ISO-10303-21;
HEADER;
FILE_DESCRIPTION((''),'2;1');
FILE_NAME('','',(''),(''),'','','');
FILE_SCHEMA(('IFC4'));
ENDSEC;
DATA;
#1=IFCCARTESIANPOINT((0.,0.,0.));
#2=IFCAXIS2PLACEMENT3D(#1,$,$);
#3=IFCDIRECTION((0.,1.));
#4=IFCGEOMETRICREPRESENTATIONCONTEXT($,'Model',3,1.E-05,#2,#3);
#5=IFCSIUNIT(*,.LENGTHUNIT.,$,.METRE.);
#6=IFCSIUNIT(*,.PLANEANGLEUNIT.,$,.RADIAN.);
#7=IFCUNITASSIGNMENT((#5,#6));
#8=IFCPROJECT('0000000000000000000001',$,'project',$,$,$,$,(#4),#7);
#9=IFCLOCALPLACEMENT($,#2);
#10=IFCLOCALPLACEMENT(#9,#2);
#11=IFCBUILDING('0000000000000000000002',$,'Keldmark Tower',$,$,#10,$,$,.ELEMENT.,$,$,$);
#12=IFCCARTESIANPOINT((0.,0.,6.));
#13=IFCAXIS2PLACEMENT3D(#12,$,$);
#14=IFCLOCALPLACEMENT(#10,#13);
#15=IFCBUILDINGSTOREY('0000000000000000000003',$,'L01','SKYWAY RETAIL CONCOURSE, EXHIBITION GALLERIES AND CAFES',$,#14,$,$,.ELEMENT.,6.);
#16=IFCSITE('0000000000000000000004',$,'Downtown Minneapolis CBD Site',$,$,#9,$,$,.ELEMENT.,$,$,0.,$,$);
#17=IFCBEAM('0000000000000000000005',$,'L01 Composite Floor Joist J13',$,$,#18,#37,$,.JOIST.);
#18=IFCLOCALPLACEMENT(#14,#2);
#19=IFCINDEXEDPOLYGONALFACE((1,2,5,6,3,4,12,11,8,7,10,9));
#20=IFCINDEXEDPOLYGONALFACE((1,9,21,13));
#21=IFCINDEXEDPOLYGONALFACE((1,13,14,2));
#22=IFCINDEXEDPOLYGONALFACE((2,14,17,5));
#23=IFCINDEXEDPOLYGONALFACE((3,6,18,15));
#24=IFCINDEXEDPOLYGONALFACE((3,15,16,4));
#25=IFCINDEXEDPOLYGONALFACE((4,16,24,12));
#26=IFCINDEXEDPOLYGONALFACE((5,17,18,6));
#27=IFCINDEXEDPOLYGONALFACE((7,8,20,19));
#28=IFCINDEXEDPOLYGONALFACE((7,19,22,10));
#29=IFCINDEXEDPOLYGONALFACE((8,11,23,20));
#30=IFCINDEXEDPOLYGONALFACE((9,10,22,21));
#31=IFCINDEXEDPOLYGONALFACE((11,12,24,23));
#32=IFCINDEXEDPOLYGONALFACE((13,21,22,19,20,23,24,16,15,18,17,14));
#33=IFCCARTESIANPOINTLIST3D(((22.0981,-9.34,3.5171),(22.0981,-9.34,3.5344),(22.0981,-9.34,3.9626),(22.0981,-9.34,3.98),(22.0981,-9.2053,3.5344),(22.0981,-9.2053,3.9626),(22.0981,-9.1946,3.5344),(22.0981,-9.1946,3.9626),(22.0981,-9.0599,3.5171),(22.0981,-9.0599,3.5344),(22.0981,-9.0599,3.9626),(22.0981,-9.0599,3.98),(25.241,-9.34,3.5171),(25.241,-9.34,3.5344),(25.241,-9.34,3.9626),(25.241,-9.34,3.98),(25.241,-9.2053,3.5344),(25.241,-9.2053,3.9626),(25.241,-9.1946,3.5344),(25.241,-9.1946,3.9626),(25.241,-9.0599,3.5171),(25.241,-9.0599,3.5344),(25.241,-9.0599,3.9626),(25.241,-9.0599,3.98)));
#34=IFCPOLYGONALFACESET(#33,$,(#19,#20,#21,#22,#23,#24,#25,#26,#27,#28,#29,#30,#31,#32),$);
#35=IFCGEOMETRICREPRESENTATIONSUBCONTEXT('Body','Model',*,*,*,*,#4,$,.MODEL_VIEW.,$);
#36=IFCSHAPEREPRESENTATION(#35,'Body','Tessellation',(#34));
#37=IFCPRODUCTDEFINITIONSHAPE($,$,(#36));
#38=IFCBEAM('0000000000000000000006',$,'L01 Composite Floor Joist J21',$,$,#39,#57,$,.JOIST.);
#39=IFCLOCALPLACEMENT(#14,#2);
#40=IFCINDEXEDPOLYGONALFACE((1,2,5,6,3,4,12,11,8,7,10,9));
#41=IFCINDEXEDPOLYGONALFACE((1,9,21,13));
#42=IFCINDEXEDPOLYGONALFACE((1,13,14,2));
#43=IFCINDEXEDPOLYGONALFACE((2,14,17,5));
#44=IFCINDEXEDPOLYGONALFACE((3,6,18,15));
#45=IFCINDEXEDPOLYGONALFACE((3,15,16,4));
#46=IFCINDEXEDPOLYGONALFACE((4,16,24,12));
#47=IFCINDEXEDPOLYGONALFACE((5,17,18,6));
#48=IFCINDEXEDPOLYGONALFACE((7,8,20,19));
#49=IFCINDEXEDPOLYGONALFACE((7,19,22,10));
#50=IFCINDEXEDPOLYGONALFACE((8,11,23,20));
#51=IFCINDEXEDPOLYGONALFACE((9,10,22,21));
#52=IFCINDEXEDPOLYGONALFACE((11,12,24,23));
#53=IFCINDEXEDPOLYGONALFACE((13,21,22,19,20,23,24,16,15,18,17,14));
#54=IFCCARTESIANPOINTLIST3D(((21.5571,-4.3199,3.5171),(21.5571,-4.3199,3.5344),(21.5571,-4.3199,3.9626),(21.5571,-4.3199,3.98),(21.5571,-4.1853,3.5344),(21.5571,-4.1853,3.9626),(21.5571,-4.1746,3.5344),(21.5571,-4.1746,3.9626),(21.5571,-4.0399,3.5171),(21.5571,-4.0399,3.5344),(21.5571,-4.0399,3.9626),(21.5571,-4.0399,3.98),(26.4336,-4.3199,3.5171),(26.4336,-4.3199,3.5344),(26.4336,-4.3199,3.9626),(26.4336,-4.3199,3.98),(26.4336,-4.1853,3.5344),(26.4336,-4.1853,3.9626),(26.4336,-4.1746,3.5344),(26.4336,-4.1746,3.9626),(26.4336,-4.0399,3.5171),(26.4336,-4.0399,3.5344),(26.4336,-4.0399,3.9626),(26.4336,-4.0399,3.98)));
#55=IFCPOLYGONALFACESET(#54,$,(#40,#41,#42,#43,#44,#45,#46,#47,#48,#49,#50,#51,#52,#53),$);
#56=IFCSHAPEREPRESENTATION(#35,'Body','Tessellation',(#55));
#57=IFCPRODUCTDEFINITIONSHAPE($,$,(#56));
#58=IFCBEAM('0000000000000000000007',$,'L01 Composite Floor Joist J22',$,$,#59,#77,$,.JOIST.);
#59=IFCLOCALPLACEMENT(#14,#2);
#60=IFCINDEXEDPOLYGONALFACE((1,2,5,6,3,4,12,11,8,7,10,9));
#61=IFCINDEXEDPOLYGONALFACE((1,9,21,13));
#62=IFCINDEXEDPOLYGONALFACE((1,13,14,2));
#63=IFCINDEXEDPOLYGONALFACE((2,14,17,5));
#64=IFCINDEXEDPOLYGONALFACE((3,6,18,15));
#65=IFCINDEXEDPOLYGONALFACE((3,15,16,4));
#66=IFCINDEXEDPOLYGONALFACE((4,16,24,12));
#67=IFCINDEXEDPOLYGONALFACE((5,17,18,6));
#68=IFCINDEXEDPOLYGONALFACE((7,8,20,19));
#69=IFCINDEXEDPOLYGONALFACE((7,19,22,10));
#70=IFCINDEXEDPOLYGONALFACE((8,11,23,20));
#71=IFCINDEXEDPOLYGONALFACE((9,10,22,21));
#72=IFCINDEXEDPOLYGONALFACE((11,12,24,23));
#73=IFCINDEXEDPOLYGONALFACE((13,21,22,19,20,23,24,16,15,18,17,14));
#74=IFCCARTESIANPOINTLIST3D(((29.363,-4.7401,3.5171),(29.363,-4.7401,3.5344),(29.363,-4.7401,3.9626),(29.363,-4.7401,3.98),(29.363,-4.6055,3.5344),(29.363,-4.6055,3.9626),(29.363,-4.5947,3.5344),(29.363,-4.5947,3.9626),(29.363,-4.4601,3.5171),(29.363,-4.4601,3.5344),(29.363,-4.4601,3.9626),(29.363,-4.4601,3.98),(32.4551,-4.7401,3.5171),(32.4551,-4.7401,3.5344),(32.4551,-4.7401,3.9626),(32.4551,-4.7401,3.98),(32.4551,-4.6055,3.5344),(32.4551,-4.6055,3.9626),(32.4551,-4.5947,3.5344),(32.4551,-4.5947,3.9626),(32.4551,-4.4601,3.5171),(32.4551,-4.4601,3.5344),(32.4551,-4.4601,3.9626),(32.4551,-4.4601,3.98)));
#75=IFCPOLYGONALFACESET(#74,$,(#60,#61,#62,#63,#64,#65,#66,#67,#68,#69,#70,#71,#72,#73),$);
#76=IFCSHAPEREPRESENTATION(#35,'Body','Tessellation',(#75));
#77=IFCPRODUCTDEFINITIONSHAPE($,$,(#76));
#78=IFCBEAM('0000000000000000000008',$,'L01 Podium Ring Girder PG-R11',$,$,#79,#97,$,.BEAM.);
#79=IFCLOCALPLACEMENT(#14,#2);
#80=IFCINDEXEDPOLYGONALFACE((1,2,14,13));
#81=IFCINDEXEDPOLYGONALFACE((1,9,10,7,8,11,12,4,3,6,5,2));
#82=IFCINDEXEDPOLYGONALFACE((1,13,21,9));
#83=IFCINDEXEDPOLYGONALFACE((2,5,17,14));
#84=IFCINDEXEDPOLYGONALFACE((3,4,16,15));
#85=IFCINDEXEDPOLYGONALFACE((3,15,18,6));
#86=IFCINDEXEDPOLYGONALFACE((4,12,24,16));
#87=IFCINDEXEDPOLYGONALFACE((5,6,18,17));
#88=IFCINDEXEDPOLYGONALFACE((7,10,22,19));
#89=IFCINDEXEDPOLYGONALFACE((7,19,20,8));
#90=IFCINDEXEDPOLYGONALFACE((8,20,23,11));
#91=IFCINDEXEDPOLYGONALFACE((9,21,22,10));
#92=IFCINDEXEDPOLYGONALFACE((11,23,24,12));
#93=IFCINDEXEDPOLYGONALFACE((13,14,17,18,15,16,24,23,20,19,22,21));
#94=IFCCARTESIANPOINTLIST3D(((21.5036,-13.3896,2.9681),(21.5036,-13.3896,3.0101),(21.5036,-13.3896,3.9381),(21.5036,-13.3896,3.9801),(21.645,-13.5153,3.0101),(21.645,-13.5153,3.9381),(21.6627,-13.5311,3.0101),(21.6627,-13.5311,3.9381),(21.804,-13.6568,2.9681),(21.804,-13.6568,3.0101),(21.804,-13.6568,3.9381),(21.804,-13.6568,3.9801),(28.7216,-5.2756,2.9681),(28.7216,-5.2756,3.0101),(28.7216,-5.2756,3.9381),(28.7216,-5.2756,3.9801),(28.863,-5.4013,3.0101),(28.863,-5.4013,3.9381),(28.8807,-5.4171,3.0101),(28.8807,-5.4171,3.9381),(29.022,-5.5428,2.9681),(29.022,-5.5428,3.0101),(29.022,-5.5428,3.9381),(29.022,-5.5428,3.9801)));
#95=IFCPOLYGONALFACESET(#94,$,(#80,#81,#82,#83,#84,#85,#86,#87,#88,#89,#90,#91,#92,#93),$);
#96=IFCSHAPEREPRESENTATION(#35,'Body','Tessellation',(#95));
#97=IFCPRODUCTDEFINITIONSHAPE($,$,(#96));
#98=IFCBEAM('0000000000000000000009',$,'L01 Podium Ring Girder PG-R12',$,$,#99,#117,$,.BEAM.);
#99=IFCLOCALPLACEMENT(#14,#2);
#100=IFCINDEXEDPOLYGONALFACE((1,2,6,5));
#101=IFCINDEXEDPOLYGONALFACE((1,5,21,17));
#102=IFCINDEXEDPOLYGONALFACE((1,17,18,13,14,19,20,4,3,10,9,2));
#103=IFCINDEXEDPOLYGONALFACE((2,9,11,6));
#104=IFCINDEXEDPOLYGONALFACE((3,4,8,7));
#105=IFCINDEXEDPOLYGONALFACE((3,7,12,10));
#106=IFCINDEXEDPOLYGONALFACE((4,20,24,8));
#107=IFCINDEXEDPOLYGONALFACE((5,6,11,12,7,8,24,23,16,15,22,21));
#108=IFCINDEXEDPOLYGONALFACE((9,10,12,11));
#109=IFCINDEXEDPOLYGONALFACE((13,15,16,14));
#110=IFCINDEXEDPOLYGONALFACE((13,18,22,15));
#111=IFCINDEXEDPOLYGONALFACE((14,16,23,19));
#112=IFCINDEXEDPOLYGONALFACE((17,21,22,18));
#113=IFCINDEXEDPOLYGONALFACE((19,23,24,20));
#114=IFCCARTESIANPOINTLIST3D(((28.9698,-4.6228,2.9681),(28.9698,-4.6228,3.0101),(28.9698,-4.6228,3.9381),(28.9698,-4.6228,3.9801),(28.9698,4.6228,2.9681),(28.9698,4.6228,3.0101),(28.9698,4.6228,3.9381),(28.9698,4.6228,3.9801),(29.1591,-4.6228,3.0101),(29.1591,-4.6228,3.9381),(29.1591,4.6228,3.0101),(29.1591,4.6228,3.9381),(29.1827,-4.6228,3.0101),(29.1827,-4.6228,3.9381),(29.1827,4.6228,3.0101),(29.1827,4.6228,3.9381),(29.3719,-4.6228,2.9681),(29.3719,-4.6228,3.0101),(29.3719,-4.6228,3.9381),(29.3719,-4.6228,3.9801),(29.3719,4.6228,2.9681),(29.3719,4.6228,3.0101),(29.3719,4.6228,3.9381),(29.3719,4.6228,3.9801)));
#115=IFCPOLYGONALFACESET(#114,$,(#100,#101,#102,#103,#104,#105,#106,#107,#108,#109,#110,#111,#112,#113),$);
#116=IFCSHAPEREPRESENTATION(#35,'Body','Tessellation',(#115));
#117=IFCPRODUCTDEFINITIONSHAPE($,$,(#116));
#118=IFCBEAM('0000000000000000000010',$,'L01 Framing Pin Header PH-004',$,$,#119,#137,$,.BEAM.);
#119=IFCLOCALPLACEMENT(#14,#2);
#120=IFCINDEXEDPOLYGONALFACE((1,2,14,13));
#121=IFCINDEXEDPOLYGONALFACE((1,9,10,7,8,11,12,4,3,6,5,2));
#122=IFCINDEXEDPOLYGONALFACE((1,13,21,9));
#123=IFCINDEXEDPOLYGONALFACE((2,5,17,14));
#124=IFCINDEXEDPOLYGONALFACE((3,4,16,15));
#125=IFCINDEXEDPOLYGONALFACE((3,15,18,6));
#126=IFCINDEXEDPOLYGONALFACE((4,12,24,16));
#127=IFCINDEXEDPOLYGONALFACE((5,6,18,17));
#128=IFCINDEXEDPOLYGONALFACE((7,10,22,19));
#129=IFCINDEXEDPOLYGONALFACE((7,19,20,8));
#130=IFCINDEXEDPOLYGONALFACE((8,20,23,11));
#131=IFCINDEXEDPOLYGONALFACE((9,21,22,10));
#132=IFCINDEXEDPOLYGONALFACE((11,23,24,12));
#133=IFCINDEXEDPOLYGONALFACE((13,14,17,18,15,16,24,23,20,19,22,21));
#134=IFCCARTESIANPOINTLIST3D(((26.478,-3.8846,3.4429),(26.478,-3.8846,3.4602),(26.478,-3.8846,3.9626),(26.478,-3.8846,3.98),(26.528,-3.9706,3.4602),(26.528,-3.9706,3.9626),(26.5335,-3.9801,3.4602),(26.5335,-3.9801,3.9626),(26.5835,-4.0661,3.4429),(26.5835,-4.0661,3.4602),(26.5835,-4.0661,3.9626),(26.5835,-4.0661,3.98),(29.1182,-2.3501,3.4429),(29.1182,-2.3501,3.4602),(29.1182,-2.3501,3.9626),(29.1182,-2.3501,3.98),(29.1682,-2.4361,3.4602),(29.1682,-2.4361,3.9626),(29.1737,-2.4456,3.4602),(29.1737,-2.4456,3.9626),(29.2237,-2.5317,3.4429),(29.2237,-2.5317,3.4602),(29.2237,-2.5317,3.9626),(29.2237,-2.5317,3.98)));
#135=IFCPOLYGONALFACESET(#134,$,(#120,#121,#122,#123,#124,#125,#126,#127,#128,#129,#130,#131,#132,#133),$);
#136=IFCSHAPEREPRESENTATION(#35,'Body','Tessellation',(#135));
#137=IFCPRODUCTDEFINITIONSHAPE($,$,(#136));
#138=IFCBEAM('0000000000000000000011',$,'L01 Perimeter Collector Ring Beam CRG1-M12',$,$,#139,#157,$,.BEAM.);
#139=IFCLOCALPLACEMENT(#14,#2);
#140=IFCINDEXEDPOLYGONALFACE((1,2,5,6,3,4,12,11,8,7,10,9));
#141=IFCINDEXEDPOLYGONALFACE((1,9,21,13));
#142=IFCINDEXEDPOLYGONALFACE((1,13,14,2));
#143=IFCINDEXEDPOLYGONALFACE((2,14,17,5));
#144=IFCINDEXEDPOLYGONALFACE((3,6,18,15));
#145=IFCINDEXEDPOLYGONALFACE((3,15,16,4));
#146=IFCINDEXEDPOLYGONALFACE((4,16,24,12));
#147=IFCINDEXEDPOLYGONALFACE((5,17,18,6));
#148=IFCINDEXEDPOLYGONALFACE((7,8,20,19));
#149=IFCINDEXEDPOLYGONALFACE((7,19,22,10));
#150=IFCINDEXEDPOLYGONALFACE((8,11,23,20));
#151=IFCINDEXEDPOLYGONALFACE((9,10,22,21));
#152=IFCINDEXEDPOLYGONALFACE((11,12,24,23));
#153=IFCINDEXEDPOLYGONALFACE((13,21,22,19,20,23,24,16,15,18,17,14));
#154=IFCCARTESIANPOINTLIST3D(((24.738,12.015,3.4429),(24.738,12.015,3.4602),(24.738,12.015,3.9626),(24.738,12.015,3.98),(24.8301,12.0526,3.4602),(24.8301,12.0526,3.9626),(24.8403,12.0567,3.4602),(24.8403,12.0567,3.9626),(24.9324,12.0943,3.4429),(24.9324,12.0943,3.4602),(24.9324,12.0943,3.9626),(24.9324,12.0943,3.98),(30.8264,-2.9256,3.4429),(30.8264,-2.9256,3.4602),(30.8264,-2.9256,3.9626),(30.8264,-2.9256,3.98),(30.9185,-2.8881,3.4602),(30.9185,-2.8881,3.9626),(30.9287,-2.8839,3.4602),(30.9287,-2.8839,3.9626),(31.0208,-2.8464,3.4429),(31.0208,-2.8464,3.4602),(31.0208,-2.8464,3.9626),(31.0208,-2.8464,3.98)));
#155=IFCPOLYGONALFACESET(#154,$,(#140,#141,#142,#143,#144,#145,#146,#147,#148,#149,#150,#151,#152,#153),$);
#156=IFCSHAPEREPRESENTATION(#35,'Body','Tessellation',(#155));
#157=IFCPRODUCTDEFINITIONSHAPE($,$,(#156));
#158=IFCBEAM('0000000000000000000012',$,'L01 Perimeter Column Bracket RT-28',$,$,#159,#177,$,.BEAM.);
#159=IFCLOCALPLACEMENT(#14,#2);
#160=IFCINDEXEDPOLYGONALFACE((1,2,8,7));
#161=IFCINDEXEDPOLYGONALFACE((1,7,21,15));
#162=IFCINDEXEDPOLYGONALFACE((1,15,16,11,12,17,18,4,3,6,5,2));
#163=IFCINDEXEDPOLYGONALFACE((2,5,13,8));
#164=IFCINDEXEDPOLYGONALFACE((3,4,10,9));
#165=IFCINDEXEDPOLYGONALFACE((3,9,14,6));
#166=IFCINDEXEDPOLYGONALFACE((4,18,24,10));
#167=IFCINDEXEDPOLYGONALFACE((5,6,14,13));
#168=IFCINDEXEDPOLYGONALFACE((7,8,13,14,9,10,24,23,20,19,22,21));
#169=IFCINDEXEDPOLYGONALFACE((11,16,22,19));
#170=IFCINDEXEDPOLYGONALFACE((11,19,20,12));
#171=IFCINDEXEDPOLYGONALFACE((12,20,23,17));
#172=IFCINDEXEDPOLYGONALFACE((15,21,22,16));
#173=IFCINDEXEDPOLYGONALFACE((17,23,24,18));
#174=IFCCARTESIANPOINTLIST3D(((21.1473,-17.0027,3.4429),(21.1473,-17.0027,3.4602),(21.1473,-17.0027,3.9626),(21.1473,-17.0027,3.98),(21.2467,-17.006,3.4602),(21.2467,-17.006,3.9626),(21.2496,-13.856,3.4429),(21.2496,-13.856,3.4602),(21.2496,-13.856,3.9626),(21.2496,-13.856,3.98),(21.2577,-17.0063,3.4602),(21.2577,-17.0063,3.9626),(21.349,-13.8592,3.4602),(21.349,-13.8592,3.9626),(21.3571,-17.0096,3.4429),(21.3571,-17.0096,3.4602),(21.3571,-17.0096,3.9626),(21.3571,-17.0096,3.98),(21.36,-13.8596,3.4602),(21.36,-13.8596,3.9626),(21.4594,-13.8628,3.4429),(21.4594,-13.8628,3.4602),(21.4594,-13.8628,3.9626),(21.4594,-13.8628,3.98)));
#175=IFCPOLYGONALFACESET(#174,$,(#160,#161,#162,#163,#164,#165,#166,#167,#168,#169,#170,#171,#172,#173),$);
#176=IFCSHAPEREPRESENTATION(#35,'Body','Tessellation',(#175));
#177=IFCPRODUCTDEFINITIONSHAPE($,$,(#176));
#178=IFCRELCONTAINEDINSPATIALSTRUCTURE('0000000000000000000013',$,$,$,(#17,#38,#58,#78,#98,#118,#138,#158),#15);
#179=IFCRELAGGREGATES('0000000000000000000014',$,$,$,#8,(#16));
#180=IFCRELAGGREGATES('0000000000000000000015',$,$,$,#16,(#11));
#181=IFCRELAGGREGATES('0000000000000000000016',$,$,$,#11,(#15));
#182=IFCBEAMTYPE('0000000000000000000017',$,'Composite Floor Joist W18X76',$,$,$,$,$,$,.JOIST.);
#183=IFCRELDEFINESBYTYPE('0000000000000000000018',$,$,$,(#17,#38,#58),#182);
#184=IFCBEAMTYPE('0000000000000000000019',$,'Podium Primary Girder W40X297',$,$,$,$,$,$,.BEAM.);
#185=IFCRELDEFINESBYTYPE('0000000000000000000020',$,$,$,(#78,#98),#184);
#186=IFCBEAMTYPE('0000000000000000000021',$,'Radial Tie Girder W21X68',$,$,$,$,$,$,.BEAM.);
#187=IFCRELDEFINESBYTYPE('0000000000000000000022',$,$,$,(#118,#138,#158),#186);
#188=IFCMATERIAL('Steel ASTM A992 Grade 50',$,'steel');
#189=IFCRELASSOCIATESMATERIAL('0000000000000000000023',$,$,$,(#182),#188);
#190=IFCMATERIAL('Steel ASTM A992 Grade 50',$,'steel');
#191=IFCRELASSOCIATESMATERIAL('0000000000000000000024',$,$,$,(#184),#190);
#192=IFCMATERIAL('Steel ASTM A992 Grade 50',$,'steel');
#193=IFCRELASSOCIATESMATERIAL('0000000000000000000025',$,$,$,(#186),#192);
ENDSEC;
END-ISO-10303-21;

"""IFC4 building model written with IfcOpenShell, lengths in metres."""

from ifc_helpers import new_model, si_unit, direction, frame, origin, origin_2d, place, context, subcontext, project, spatial, i_section, extrude, material, material_profile, profile_set, type_object, element, save


model = new_model("IFC4")

# Units and contexts
model_context = context("Model", 3, precision=1e-05, world=origin(), true_north=direction((0.0, 1.0)))
body_context = subcontext(model_context, "Body", "Model", "MODEL_VIEW")
ifc_project = project(units=[si_unit("LENGTHUNIT", "METRE"), si_unit("PLANEANGLEUNIT", "RADIAN")], contexts=[model_context])

# Site, building, storey
site_placement = place(None, origin())
site = spatial("IfcSite", under=ifc_project, at=site_placement, Name="Downtown Minneapolis CBD Site", CompositionType="ELEMENT", RefElevation=0.0)
building_placement = place(site_placement, origin())
building = spatial("IfcBuilding", under=site, at=building_placement, Name="Keldmark Tower", CompositionType="ELEMENT")
storey_placement = place(building_placement, frame((0.0, 0.0, 6.0)))
storey = spatial("IfcBuildingStorey", under=building, at=storey_placement, Name="L01", Description="SKYWAY RETAIL CONCOURSE, EXHIBITION GALLERIES AND CAFES", CompositionType="ELEMENT", Elevation=6.0)

# Beams
ifc_material_1 = material(Name="Steel ASTM A992 Grade 50", Category="steel")
ifc_material_profile_1 = material_profile(ifc_material_1, i_section(OverallWidth=0.28, OverallDepth=0.4629, WebThickness=0.0107, FlangeThickness=0.0173, at=origin_2d()), Name="W18X76")
ifc_profile_set_1 = profile_set([ifc_material_profile_1], Name="Steel ASTM A992 Grade 50")
beam_type_1 = type_object("IfcBeamType", Name="Composite Floor Joist W18X76", PredefinedType="JOIST", material=ifc_profile_set_1)
beam_1_placement = place(storey_placement, frame((22.0981, -9.2, 3.7485), z_axis=(1.0, 0.0, 0.0), x_axis=(0.0, 1.0, 0.0)))
element("IfcBeam", 1, at=beam_1_placement, inside=storey, type_object=beam_type_1, Name="L01 Composite Floor Joist J13", PredefinedType="JOIST", context=body_context, shape_type="SweptSolid", body=[
    extrude(i_section(OverallWidth=0.28, OverallDepth=0.4629, WebThickness=0.0107, FlangeThickness=0.0173, at=origin_2d()), origin(), (0.0, 0.0, 1.0), 3.1428),
])
beam_2_placement = place(storey_placement, frame((21.5571, -4.1799, 3.7485), z_axis=(1.0, 0.0, 0.0), x_axis=(0.0, 1.0, 0.0)))
element("IfcBeam", 2, at=beam_2_placement, inside=storey, type_object=beam_type_1, Name="L01 Composite Floor Joist J21", PredefinedType="JOIST", context=body_context, shape_type="SweptSolid", body=[
    extrude(i_section(OverallWidth=0.28, OverallDepth=0.4629, WebThickness=0.0107, FlangeThickness=0.0173, at=origin_2d()), origin(), (0.0, 0.0, 1.0), 4.8765),
])
beam_3_placement = place(storey_placement, frame((29.363, -4.6001, 3.7485), z_axis=(1.0, 0.0, 0.0), x_axis=(0.0, 1.0, 0.0)))
element("IfcBeam", 3, at=beam_3_placement, inside=storey, type_object=beam_type_1, Name="L01 Composite Floor Joist J22", PredefinedType="JOIST", context=body_context, shape_type="SweptSolid", body=[
    extrude(i_section(OverallWidth=0.28, OverallDepth=0.4629, WebThickness=0.0107, FlangeThickness=0.0173, at=origin_2d()), origin(), (0.0, 0.0, 1.0), 3.092),
])
ifc_material_2 = material(Name="Steel ASTM A992 Grade 50", Category="steel")
ifc_material_profile_2 = material_profile(ifc_material_2, i_section(OverallWidth=0.4021, OverallDepth=1.012, WebThickness=0.0237, FlangeThickness=0.042, at=origin_2d()), Name="W40X297")
ifc_profile_set_2 = profile_set([ifc_material_profile_2], Name="Steel ASTM A992 Grade 50")
beam_type_2 = type_object("IfcBeamType", Name="Podium Primary Girder W40X297", PredefinedType="BEAM", material=ifc_profile_set_2)
beam_4_placement = place(storey_placement, frame((21.6538, -13.5232, 3.4741), z_axis=(0.66465, 0.747155, 0.0), x_axis=(-0.747155, 0.66465, 0.0)))
element("IfcBeam", 4, at=beam_4_placement, inside=storey, type_object=beam_type_2, Name="L01 Podium Ring Girder PG-R11", PredefinedType="BEAM", context=body_context, shape_type="SweptSolid", body=[
    extrude(i_section(OverallWidth=0.4021, OverallDepth=1.012, WebThickness=0.0237, FlangeThickness=0.042, at=origin_2d()), origin(), (0.0, 0.0, 1.0), 10.8599),
])
beam_5_placement = place(storey_placement, frame((29.1709, -4.6228, 3.4741), z_axis=(0.0, 1.0, 0.0), x_axis=(-1.0, 0.0, 0.0)))
element("IfcBeam", 5, at=beam_5_placement, inside=storey, type_object=beam_type_2, Name="L01 Podium Ring Girder PG-R12", PredefinedType="BEAM", context=body_context, shape_type="SweptSolid", body=[
    extrude(i_section(OverallWidth=0.4021, OverallDepth=1.012, WebThickness=0.0237, FlangeThickness=0.042, at=origin_2d()), origin(), (0.0, 0.0, 1.0), 9.2456),
])
ifc_material_3 = material(Name="Steel ASTM A992 Grade 50", Category="steel")
ifc_material_profile_3 = material_profile(ifc_material_3, i_section(OverallWidth=0.21, OverallDepth=0.5371, WebThickness=0.011, FlangeThickness=0.0173, at=origin_2d()), Name="W21X68")
ifc_profile_set_3 = profile_set([ifc_material_profile_3], Name="Steel ASTM A992 Grade 50")
beam_type_3 = type_object("IfcBeamType", Name="Radial Tie Girder W21X68", PredefinedType="BEAM", material=ifc_profile_set_3)
beam_6_placement = place(storey_placement, frame((26.5308, -3.9753, 3.7114), z_axis=(0.864584, 0.502488, 0.0), x_axis=(-0.502488, 0.864584, 0.0)))
element("IfcBeam", 6, at=beam_6_placement, inside=storey, type_object=beam_type_3, Name="L01 Framing Pin Header PH-004", PredefinedType="BEAM", context=body_context, shape_type="SweptSolid", body=[
    extrude(i_section(OverallWidth=0.21, OverallDepth=0.5371, WebThickness=0.011, FlangeThickness=0.0173, at=origin_2d()), origin(), (0.0, 0.0, 1.0), 3.0537),
])
beam_7_placement = place(storey_placement, frame((30.9236, -2.886, 3.7114), z_axis=(-0.377373, 0.926061, 0.0), x_axis=(-0.926061, -0.377373, 0.0)))
element("IfcBeam", 7, at=beam_7_placement, inside=storey, type_object=beam_type_3, Name="L01 Perimeter Collector Ring Beam CRG1-M12", PredefinedType="BEAM", context=body_context, shape_type="SweptSolid", body=[
    extrude(i_section(OverallWidth=0.21, OverallDepth=0.5371, WebThickness=0.011, FlangeThickness=0.0173, at=origin_2d()), origin(), (0.0, 0.0, 1.0), 16.1335),
])
beam_8_placement = place(storey_placement, frame((21.3545, -13.8594, 3.7114), z_axis=(-0.032491, -0.999472, 0.0), x_axis=(0.999472, -0.032491, 0.0)))
element("IfcBeam", 8, at=beam_8_placement, inside=storey, type_object=beam_type_3, Name="L01 Perimeter Column Bracket RT-28", PredefinedType="BEAM", context=body_context, shape_type="SweptSolid", body=[
    extrude(i_section(OverallWidth=0.21, OverallDepth=0.5371, WebThickness=0.011, FlangeThickness=0.0173, at=origin_2d()), origin(), (0.0, 0.0, 1.0), 3.1484),
])

save(model, "model.ifc")
